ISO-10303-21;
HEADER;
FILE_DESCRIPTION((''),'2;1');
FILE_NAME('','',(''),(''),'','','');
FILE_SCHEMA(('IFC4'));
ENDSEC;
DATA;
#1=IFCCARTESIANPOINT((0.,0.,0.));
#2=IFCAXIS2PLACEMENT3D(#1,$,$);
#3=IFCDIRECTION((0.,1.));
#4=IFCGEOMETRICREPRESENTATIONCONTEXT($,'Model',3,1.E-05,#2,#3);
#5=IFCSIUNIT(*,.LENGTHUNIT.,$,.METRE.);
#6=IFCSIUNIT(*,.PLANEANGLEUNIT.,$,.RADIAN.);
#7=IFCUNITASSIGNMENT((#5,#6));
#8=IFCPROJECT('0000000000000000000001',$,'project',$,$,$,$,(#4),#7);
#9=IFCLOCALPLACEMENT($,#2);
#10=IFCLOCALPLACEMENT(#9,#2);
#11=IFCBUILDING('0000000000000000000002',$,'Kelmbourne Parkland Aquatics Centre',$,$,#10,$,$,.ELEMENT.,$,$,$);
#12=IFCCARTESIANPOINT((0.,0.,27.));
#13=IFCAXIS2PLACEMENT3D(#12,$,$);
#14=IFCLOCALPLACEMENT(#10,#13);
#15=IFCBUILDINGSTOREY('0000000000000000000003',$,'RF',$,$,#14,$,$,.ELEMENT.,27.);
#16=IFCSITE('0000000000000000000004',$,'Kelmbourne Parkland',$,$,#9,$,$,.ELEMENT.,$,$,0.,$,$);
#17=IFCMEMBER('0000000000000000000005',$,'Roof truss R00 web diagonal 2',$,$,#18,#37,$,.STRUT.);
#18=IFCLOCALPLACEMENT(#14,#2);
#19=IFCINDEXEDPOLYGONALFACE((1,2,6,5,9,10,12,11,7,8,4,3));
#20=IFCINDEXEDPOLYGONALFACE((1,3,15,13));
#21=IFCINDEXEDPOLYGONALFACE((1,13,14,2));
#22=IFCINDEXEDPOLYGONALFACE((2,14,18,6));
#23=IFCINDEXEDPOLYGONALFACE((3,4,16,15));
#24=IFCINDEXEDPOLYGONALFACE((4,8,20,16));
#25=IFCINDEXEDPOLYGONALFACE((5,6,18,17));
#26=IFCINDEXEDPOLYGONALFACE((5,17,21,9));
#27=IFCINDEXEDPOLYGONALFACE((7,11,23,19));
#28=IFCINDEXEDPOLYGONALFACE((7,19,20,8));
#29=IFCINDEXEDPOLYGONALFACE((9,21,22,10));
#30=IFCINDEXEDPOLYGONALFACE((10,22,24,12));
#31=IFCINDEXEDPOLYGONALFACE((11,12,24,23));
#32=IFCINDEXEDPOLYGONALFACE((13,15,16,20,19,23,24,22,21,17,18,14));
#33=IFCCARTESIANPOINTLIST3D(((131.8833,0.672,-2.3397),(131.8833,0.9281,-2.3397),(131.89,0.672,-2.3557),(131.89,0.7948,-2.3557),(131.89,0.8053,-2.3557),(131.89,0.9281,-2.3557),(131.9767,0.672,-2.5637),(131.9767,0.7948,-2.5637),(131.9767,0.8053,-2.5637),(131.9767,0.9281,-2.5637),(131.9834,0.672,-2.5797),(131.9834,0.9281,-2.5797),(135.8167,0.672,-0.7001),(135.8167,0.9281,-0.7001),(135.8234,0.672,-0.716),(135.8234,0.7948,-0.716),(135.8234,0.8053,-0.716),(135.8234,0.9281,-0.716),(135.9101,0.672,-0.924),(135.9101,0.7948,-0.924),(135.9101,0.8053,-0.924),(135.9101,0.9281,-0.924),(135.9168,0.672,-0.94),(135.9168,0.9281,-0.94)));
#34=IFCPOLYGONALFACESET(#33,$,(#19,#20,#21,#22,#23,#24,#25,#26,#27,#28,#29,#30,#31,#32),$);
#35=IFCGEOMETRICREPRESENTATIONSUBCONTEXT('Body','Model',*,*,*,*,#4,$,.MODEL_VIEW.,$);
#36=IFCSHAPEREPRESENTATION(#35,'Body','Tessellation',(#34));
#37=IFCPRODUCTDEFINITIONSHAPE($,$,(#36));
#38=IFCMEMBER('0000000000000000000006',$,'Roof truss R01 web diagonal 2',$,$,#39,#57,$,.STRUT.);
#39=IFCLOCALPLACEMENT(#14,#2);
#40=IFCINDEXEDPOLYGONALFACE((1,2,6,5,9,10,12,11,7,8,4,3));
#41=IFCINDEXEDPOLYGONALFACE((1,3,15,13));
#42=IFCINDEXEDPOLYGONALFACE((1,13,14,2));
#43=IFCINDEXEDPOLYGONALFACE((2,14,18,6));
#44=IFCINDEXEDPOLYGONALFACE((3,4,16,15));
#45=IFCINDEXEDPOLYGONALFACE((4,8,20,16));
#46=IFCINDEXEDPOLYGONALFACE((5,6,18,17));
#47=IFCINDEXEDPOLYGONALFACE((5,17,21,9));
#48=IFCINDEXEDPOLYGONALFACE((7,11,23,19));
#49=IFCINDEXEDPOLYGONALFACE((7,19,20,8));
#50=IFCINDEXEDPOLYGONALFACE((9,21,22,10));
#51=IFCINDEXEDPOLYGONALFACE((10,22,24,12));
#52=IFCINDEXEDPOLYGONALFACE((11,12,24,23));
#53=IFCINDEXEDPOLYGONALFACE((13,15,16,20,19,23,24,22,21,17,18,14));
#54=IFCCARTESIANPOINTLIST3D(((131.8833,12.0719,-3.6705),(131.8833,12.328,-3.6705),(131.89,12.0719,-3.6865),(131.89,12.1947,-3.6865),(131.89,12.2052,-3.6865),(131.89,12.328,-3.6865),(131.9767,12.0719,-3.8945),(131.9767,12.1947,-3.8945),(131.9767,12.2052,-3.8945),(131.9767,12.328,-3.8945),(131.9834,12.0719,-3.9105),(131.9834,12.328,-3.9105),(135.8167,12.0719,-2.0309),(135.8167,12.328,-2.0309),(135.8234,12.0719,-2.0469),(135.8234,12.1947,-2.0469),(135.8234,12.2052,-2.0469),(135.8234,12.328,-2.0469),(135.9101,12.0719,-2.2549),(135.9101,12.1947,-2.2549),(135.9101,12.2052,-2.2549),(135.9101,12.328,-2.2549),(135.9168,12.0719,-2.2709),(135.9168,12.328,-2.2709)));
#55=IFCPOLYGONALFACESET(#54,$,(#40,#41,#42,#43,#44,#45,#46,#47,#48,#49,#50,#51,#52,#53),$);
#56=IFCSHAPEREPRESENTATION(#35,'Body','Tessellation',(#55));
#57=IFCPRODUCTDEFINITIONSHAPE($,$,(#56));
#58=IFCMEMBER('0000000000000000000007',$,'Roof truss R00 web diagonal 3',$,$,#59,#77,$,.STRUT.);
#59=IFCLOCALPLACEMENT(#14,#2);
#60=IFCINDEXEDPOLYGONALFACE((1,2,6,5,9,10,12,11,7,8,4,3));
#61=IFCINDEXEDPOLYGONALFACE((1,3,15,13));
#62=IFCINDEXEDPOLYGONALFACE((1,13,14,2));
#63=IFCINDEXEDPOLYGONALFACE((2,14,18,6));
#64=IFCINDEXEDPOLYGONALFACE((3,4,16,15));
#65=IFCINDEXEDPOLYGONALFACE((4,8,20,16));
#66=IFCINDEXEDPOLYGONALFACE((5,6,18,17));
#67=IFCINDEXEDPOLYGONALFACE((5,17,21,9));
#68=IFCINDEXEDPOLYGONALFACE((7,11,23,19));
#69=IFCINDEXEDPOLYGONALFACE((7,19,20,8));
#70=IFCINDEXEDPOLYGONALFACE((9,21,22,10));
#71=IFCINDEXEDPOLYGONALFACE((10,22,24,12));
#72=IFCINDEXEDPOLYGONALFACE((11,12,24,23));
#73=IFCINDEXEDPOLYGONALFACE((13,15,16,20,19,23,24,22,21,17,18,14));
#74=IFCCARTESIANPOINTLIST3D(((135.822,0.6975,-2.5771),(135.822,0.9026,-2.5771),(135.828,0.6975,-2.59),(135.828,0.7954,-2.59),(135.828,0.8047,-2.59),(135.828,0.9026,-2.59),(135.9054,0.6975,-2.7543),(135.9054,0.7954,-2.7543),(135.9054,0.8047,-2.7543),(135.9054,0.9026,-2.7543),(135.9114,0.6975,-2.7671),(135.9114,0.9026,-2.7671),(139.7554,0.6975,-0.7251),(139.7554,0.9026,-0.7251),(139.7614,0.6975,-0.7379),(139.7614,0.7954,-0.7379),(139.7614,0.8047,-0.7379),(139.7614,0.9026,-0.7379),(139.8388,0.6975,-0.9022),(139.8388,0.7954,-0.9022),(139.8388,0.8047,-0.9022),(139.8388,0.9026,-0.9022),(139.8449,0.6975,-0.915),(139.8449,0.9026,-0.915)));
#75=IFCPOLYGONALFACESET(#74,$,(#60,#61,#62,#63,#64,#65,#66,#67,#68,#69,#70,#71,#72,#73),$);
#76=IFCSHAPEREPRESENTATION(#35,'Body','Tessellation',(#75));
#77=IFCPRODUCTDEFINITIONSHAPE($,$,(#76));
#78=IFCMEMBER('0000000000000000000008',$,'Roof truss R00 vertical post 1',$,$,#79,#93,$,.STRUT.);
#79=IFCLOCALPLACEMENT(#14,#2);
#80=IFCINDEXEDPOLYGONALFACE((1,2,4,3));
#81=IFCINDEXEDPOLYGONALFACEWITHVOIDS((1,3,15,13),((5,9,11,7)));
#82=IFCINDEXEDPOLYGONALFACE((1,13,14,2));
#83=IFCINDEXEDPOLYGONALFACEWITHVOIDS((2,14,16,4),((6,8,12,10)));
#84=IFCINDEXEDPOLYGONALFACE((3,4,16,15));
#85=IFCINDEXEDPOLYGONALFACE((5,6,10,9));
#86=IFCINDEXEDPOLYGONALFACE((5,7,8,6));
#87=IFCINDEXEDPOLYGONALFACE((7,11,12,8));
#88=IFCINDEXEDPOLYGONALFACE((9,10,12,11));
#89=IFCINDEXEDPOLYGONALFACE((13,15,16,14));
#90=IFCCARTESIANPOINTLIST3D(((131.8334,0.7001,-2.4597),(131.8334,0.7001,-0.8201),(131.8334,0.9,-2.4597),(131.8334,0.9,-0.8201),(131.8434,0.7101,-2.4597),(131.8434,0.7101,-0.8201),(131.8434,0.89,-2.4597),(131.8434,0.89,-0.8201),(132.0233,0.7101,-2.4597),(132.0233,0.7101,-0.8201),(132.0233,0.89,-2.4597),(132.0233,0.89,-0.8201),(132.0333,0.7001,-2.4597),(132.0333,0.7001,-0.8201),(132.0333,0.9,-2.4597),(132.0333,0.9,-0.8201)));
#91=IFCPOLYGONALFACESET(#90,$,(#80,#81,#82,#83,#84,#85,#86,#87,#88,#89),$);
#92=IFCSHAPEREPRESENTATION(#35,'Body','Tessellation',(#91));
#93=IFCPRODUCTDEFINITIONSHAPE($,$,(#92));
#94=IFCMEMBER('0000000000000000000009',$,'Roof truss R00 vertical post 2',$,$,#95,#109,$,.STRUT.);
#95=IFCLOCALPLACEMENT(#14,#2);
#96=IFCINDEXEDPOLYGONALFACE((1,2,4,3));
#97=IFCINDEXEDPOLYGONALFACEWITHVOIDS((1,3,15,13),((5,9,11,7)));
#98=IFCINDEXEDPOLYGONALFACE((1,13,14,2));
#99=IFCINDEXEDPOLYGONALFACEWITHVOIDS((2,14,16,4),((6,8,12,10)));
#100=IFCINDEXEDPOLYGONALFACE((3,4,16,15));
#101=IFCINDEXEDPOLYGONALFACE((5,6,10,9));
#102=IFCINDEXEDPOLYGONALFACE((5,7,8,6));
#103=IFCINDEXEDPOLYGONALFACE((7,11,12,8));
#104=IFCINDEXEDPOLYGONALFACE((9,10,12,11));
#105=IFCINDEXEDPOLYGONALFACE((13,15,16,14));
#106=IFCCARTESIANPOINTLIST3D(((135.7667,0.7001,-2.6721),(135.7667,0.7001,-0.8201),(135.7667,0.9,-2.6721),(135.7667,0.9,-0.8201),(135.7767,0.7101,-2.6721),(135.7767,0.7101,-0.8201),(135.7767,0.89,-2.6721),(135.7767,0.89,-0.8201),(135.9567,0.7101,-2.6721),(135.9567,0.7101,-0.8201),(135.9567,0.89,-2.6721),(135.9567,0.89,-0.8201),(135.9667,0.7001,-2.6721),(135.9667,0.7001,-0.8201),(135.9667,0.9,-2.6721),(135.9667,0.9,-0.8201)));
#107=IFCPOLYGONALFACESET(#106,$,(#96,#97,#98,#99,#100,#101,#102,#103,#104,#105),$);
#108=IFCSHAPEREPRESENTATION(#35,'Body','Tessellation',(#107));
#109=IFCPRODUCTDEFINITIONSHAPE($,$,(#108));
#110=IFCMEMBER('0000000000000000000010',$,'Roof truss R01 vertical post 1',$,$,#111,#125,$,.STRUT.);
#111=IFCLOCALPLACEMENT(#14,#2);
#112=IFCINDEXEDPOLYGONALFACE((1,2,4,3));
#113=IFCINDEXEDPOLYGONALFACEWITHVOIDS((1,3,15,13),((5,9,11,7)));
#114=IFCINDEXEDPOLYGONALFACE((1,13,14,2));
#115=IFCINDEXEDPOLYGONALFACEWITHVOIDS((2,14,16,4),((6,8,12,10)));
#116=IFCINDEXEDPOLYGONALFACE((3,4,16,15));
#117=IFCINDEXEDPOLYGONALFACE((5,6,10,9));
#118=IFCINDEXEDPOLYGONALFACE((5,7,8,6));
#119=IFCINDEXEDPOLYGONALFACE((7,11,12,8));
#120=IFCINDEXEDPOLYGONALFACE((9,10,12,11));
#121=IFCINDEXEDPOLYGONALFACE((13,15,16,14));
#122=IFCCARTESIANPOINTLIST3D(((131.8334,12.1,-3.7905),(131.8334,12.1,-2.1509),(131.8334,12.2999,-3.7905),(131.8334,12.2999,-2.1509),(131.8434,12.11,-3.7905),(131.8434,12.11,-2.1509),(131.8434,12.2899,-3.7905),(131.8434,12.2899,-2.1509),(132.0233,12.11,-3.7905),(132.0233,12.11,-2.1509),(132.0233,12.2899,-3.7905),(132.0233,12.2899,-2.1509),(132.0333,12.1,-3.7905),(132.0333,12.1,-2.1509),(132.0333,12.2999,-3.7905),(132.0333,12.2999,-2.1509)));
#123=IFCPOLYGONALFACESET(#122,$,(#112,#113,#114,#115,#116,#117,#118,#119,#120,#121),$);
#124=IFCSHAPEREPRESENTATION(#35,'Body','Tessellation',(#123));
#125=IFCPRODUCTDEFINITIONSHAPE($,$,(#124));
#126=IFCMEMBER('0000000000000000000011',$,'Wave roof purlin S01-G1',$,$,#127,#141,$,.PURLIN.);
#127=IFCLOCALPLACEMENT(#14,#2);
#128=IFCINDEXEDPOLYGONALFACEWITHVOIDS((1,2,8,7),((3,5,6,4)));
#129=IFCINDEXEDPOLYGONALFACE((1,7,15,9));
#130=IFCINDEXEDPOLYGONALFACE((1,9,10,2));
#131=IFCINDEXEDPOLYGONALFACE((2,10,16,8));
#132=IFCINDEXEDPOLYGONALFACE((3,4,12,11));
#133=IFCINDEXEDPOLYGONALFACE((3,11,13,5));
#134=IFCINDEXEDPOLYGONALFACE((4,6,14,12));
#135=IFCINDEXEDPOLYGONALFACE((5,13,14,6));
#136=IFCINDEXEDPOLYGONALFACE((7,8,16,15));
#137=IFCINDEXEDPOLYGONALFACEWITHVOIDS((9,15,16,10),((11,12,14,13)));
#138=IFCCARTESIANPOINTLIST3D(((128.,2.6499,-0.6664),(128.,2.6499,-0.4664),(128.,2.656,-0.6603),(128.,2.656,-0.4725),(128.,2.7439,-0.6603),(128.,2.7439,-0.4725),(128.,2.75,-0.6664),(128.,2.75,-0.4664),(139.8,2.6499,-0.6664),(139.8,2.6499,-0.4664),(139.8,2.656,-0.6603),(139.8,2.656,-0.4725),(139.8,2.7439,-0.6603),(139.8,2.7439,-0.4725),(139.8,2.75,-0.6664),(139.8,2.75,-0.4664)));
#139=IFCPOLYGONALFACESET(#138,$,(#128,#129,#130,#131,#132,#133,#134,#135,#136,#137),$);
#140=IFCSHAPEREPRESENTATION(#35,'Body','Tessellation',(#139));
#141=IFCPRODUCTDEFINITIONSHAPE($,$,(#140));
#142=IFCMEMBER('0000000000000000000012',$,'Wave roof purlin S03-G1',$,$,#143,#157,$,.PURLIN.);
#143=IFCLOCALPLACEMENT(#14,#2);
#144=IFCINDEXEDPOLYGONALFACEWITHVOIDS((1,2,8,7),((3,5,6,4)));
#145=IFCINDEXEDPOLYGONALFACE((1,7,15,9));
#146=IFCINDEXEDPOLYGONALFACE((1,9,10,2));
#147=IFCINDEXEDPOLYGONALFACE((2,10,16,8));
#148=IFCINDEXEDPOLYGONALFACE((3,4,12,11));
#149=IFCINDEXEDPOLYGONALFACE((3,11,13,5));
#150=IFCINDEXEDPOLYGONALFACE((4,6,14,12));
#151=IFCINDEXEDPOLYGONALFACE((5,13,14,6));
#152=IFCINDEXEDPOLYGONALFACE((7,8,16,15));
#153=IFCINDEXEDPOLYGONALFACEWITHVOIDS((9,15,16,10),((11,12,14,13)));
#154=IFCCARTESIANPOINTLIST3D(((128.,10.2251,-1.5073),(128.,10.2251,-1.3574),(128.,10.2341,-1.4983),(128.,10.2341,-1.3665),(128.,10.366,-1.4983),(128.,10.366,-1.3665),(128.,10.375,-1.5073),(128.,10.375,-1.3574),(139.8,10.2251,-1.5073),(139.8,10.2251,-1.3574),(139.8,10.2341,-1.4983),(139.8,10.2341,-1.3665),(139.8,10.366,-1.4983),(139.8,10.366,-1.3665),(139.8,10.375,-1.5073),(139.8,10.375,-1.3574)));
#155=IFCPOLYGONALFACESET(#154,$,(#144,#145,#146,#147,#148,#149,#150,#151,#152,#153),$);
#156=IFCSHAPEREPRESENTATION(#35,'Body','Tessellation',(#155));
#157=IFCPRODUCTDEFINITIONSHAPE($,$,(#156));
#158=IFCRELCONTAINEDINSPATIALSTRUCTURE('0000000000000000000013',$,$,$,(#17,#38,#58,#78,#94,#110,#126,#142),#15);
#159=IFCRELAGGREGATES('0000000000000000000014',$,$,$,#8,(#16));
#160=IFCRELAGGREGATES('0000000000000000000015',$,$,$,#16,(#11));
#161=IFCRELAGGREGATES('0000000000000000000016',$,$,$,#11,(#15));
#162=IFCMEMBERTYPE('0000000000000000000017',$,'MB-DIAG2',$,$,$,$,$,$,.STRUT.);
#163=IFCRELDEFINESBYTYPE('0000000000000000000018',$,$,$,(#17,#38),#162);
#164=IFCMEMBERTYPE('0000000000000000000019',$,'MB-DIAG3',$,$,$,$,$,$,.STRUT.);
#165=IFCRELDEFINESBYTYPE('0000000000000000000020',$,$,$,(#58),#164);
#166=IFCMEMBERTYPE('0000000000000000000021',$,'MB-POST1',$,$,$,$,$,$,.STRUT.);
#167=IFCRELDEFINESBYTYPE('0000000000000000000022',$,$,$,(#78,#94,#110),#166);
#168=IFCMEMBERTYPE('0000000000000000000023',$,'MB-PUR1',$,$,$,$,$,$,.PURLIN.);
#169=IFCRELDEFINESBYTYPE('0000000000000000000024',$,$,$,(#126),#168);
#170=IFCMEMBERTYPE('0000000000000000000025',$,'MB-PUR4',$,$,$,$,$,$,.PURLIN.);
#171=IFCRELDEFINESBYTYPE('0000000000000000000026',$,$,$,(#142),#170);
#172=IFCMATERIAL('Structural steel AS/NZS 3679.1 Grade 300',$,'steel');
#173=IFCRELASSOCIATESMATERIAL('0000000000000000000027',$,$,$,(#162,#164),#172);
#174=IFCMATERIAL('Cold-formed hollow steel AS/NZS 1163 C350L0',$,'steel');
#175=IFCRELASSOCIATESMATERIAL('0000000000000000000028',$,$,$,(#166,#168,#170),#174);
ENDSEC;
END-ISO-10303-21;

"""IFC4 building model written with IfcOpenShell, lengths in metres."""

from ifc_helpers import new_model, si_unit, direction, frame, origin, origin_2d, place, context, subcontext, project, spatial, hollow_rectangle, i_section, extrude, material, material_profile, profile_set, type_object, element, save


model = new_model("IFC4")

# Units and contexts
model_context = context("Model", 3, precision=1e-05, world=origin(), true_north=direction((0.0, 1.0)))
body_context = subcontext(model_context, "Body", "Model", "MODEL_VIEW")
ifc_project = project(units=[si_unit("LENGTHUNIT", "METRE"), si_unit("PLANEANGLEUNIT", "RADIAN")], contexts=[model_context])

# Site, building, storey
site_placement = place(None, origin())
site = spatial("IfcSite", under=ifc_project, at=site_placement, Name="Kelmbourne Parkland", CompositionType="ELEMENT", RefElevation=0.0)
building_placement = place(site_placement, origin())
building = spatial("IfcBuilding", under=site, at=building_placement, Name="Kelmbourne Parkland Aquatics Centre", CompositionType="ELEMENT")
storey_placement = place(building_placement, frame((0.0, 0.0, 27.0)))
storey = spatial("IfcBuildingStorey", under=building, at=storey_placement, Name="RF", CompositionType="ELEMENT", Elevation=27.0)

# Members
ifc_material_1 = material(Name="Structural steel AS/NZS 3679.1 Grade 300", Category="steel")
ifc_material_profile_1 = material_profile(ifc_material_1, i_section(OverallWidth=0.2561, OverallDepth=0.26, WebThickness=0.0105, FlangeThickness=0.0173, at=origin_2d()), Name="250UC89.5")
ifc_profile_set_1 = profile_set([ifc_material_profile_1], Name="Structural steel AS/NZS 3679.1 Grade 300")
member_type_1 = type_object("IfcMemberType", Name="MB-DIAG2", PredefinedType="STRUT", material=ifc_profile_set_1)
for number, where, z_axis, x_axis, name in (
    (1, (131.9333, 0.8, -2.4597), (0.923014, 0.0, 0.384766), (0.0, 1.0, 0.0), "Roof truss R00 web diagonal 2"),
    (2, (131.9333, 12.2, -3.7905), (0.923014, 0.0, 0.384766), (0.0, 1.0, 0.0), "Roof truss R01 web diagonal 2"),
):
    element("IfcMember", number, at=place(storey_placement, frame(where, z_axis=z_axis, x_axis=x_axis)), inside=storey, type_object=member_type_1, Name=name, PredefinedType="STRUT", context=body_context, shape_type="SweptSolid", body=[
        extrude(i_section(OverallWidth=0.2561, OverallDepth=0.26, WebThickness=0.0105, FlangeThickness=0.0173, at=origin_2d()), origin(), (0.0, 0.0, 1.0), 4.2615),
    ])
ifc_material_profile_2 = material_profile(ifc_material_1, i_section(OverallWidth=0.2051, OverallDepth=0.21, WebThickness=0.0093, FlangeThickness=0.0142, at=origin_2d()), Name="200UC59.5")
ifc_profile_set_2 = profile_set([ifc_material_profile_2], Name="Structural steel AS/NZS 3679.1 Grade 300")
member_type_2 = type_object("IfcMemberType", Name="MB-DIAG3", PredefinedType="STRUT", material=ifc_profile_set_2)
member_1_placement = place(storey_placement, frame((135.8667, 0.8, -2.6721), z_axis=(0.904725, 0.0, 0.425997), x_axis=(0.0, 1.0, 0.0)))
element("IfcMember", 3, at=member_1_placement, inside=storey, type_object=member_type_2, Name="Roof truss R00 web diagonal 3", PredefinedType="STRUT", context=body_context, shape_type="SweptSolid", body=[
    extrude(i_section(OverallWidth=0.2051, OverallDepth=0.21, WebThickness=0.0093, FlangeThickness=0.0142, at=origin_2d()), origin(), (0.0, 0.0, 1.0), 4.3477),
])
ifc_material_2 = material(Name="Cold-formed hollow steel AS/NZS 1163 C350L0", Category="steel")
ifc_material_profile_3 = material_profile(ifc_material_2, hollow_rectangle(XDim=0.2, YDim=0.2, WallThickness=0.01, at=origin_2d()), Name="SHS 200x200x10.0")
ifc_profile_set_3 = profile_set([ifc_material_profile_3], Name="Cold-formed hollow steel AS/NZS 1163 C350L0")
member_type_3 = type_object("IfcMemberType", Name="MB-POST1", PredefinedType="STRUT", material=ifc_profile_set_3)
member_2_placement = place(storey_placement, frame((131.9333, 0.8, -2.4597), z_axis=(0.0, 0.0, 1.0), x_axis=(1.0, 0.0, 0.0)))
element("IfcMember", 4, at=member_2_placement, inside=storey, type_object=member_type_3, Name="Roof truss R00 vertical post 1", PredefinedType="STRUT", context=body_context, shape_type="SweptSolid", body=[
    extrude(hollow_rectangle(XDim=0.2, YDim=0.2, WallThickness=0.01, at=origin_2d()), origin(), (0.0, 0.0, 1.0), 1.6396),
])
member_3_placement = place(storey_placement, frame((135.8667, 0.8, -2.6721), z_axis=(0.0, 0.0, 1.0), x_axis=(1.0, 0.0, 0.0)))
element("IfcMember", 5, at=member_3_placement, inside=storey, type_object=member_type_3, Name="Roof truss R00 vertical post 2", PredefinedType="STRUT", context=body_context, shape_type="SweptSolid", body=[
    extrude(hollow_rectangle(XDim=0.2, YDim=0.2, WallThickness=0.01, at=origin_2d()), origin(), (0.0, 0.0, 1.0), 1.8521),
])
member_4_placement = place(storey_placement, frame((131.9333, 12.2, -3.7905), z_axis=(0.0, 0.0, 1.0), x_axis=(1.0, 0.0, 0.0)))
element("IfcMember", 6, at=member_4_placement, inside=storey, type_object=member_type_3, Name="Roof truss R01 vertical post 1", PredefinedType="STRUT", context=body_context, shape_type="SweptSolid", body=[
    extrude(hollow_rectangle(XDim=0.2, YDim=0.2, WallThickness=0.01, at=origin_2d()), origin(), (0.0, 0.0, 1.0), 1.6396),
])
ifc_material_profile_4 = material_profile(ifc_material_2, hollow_rectangle(XDim=0.1001, YDim=0.2, WallThickness=0.0061, at=origin_2d()), Name="RHS 200x100x6.0")
ifc_profile_set_4 = profile_set([ifc_material_profile_4], Name="Cold-formed hollow steel AS/NZS 1163 C350L0")
member_type_4 = type_object("IfcMemberType", Name="MB-PUR1", PredefinedType="PURLIN", material=ifc_profile_set_4)
member_5_placement = place(storey_placement, frame((128.0, 2.7, -0.5664), z_axis=(1.0, 0.0, 0.0), x_axis=(0.0, 1.0, 0.0)))
element("IfcMember", 7, at=member_5_placement, inside=storey, type_object=member_type_4, Name="Wave roof purlin S01-G1", PredefinedType="PURLIN", context=body_context, shape_type="SweptSolid", body=[
    extrude(hollow_rectangle(XDim=0.1001, YDim=0.2, WallThickness=0.0061, at=origin_2d()), origin(), (0.0, 0.0, 1.0), 11.8),
])
ifc_material_profile_5 = material_profile(ifc_material_2, hollow_rectangle(XDim=0.1499, YDim=0.1499, WallThickness=0.009, at=origin_2d()), Name="SHS 150x150x9.0")
ifc_profile_set_5 = profile_set([ifc_material_profile_5], Name="Cold-formed hollow steel AS/NZS 1163 C350L0")
member_type_5 = type_object("IfcMemberType", Name="MB-PUR4", PredefinedType="PURLIN", material=ifc_profile_set_5)
member_6_placement = place(storey_placement, frame((128.0, 10.3, -1.4324), z_axis=(1.0, 0.0, 0.0), x_axis=(0.0, 1.0, 0.0)))
element("IfcMember", 8, at=member_6_placement, inside=storey, type_object=member_type_5, Name="Wave roof purlin S03-G1", PredefinedType="PURLIN", context=body_context, shape_type="SweptSolid", body=[
    extrude(hollow_rectangle(XDim=0.1499, YDim=0.1499, WallThickness=0.009, at=origin_2d()), origin(), (0.0, 0.0, 1.0), 11.8),
])

save(model, "model.ifc")
